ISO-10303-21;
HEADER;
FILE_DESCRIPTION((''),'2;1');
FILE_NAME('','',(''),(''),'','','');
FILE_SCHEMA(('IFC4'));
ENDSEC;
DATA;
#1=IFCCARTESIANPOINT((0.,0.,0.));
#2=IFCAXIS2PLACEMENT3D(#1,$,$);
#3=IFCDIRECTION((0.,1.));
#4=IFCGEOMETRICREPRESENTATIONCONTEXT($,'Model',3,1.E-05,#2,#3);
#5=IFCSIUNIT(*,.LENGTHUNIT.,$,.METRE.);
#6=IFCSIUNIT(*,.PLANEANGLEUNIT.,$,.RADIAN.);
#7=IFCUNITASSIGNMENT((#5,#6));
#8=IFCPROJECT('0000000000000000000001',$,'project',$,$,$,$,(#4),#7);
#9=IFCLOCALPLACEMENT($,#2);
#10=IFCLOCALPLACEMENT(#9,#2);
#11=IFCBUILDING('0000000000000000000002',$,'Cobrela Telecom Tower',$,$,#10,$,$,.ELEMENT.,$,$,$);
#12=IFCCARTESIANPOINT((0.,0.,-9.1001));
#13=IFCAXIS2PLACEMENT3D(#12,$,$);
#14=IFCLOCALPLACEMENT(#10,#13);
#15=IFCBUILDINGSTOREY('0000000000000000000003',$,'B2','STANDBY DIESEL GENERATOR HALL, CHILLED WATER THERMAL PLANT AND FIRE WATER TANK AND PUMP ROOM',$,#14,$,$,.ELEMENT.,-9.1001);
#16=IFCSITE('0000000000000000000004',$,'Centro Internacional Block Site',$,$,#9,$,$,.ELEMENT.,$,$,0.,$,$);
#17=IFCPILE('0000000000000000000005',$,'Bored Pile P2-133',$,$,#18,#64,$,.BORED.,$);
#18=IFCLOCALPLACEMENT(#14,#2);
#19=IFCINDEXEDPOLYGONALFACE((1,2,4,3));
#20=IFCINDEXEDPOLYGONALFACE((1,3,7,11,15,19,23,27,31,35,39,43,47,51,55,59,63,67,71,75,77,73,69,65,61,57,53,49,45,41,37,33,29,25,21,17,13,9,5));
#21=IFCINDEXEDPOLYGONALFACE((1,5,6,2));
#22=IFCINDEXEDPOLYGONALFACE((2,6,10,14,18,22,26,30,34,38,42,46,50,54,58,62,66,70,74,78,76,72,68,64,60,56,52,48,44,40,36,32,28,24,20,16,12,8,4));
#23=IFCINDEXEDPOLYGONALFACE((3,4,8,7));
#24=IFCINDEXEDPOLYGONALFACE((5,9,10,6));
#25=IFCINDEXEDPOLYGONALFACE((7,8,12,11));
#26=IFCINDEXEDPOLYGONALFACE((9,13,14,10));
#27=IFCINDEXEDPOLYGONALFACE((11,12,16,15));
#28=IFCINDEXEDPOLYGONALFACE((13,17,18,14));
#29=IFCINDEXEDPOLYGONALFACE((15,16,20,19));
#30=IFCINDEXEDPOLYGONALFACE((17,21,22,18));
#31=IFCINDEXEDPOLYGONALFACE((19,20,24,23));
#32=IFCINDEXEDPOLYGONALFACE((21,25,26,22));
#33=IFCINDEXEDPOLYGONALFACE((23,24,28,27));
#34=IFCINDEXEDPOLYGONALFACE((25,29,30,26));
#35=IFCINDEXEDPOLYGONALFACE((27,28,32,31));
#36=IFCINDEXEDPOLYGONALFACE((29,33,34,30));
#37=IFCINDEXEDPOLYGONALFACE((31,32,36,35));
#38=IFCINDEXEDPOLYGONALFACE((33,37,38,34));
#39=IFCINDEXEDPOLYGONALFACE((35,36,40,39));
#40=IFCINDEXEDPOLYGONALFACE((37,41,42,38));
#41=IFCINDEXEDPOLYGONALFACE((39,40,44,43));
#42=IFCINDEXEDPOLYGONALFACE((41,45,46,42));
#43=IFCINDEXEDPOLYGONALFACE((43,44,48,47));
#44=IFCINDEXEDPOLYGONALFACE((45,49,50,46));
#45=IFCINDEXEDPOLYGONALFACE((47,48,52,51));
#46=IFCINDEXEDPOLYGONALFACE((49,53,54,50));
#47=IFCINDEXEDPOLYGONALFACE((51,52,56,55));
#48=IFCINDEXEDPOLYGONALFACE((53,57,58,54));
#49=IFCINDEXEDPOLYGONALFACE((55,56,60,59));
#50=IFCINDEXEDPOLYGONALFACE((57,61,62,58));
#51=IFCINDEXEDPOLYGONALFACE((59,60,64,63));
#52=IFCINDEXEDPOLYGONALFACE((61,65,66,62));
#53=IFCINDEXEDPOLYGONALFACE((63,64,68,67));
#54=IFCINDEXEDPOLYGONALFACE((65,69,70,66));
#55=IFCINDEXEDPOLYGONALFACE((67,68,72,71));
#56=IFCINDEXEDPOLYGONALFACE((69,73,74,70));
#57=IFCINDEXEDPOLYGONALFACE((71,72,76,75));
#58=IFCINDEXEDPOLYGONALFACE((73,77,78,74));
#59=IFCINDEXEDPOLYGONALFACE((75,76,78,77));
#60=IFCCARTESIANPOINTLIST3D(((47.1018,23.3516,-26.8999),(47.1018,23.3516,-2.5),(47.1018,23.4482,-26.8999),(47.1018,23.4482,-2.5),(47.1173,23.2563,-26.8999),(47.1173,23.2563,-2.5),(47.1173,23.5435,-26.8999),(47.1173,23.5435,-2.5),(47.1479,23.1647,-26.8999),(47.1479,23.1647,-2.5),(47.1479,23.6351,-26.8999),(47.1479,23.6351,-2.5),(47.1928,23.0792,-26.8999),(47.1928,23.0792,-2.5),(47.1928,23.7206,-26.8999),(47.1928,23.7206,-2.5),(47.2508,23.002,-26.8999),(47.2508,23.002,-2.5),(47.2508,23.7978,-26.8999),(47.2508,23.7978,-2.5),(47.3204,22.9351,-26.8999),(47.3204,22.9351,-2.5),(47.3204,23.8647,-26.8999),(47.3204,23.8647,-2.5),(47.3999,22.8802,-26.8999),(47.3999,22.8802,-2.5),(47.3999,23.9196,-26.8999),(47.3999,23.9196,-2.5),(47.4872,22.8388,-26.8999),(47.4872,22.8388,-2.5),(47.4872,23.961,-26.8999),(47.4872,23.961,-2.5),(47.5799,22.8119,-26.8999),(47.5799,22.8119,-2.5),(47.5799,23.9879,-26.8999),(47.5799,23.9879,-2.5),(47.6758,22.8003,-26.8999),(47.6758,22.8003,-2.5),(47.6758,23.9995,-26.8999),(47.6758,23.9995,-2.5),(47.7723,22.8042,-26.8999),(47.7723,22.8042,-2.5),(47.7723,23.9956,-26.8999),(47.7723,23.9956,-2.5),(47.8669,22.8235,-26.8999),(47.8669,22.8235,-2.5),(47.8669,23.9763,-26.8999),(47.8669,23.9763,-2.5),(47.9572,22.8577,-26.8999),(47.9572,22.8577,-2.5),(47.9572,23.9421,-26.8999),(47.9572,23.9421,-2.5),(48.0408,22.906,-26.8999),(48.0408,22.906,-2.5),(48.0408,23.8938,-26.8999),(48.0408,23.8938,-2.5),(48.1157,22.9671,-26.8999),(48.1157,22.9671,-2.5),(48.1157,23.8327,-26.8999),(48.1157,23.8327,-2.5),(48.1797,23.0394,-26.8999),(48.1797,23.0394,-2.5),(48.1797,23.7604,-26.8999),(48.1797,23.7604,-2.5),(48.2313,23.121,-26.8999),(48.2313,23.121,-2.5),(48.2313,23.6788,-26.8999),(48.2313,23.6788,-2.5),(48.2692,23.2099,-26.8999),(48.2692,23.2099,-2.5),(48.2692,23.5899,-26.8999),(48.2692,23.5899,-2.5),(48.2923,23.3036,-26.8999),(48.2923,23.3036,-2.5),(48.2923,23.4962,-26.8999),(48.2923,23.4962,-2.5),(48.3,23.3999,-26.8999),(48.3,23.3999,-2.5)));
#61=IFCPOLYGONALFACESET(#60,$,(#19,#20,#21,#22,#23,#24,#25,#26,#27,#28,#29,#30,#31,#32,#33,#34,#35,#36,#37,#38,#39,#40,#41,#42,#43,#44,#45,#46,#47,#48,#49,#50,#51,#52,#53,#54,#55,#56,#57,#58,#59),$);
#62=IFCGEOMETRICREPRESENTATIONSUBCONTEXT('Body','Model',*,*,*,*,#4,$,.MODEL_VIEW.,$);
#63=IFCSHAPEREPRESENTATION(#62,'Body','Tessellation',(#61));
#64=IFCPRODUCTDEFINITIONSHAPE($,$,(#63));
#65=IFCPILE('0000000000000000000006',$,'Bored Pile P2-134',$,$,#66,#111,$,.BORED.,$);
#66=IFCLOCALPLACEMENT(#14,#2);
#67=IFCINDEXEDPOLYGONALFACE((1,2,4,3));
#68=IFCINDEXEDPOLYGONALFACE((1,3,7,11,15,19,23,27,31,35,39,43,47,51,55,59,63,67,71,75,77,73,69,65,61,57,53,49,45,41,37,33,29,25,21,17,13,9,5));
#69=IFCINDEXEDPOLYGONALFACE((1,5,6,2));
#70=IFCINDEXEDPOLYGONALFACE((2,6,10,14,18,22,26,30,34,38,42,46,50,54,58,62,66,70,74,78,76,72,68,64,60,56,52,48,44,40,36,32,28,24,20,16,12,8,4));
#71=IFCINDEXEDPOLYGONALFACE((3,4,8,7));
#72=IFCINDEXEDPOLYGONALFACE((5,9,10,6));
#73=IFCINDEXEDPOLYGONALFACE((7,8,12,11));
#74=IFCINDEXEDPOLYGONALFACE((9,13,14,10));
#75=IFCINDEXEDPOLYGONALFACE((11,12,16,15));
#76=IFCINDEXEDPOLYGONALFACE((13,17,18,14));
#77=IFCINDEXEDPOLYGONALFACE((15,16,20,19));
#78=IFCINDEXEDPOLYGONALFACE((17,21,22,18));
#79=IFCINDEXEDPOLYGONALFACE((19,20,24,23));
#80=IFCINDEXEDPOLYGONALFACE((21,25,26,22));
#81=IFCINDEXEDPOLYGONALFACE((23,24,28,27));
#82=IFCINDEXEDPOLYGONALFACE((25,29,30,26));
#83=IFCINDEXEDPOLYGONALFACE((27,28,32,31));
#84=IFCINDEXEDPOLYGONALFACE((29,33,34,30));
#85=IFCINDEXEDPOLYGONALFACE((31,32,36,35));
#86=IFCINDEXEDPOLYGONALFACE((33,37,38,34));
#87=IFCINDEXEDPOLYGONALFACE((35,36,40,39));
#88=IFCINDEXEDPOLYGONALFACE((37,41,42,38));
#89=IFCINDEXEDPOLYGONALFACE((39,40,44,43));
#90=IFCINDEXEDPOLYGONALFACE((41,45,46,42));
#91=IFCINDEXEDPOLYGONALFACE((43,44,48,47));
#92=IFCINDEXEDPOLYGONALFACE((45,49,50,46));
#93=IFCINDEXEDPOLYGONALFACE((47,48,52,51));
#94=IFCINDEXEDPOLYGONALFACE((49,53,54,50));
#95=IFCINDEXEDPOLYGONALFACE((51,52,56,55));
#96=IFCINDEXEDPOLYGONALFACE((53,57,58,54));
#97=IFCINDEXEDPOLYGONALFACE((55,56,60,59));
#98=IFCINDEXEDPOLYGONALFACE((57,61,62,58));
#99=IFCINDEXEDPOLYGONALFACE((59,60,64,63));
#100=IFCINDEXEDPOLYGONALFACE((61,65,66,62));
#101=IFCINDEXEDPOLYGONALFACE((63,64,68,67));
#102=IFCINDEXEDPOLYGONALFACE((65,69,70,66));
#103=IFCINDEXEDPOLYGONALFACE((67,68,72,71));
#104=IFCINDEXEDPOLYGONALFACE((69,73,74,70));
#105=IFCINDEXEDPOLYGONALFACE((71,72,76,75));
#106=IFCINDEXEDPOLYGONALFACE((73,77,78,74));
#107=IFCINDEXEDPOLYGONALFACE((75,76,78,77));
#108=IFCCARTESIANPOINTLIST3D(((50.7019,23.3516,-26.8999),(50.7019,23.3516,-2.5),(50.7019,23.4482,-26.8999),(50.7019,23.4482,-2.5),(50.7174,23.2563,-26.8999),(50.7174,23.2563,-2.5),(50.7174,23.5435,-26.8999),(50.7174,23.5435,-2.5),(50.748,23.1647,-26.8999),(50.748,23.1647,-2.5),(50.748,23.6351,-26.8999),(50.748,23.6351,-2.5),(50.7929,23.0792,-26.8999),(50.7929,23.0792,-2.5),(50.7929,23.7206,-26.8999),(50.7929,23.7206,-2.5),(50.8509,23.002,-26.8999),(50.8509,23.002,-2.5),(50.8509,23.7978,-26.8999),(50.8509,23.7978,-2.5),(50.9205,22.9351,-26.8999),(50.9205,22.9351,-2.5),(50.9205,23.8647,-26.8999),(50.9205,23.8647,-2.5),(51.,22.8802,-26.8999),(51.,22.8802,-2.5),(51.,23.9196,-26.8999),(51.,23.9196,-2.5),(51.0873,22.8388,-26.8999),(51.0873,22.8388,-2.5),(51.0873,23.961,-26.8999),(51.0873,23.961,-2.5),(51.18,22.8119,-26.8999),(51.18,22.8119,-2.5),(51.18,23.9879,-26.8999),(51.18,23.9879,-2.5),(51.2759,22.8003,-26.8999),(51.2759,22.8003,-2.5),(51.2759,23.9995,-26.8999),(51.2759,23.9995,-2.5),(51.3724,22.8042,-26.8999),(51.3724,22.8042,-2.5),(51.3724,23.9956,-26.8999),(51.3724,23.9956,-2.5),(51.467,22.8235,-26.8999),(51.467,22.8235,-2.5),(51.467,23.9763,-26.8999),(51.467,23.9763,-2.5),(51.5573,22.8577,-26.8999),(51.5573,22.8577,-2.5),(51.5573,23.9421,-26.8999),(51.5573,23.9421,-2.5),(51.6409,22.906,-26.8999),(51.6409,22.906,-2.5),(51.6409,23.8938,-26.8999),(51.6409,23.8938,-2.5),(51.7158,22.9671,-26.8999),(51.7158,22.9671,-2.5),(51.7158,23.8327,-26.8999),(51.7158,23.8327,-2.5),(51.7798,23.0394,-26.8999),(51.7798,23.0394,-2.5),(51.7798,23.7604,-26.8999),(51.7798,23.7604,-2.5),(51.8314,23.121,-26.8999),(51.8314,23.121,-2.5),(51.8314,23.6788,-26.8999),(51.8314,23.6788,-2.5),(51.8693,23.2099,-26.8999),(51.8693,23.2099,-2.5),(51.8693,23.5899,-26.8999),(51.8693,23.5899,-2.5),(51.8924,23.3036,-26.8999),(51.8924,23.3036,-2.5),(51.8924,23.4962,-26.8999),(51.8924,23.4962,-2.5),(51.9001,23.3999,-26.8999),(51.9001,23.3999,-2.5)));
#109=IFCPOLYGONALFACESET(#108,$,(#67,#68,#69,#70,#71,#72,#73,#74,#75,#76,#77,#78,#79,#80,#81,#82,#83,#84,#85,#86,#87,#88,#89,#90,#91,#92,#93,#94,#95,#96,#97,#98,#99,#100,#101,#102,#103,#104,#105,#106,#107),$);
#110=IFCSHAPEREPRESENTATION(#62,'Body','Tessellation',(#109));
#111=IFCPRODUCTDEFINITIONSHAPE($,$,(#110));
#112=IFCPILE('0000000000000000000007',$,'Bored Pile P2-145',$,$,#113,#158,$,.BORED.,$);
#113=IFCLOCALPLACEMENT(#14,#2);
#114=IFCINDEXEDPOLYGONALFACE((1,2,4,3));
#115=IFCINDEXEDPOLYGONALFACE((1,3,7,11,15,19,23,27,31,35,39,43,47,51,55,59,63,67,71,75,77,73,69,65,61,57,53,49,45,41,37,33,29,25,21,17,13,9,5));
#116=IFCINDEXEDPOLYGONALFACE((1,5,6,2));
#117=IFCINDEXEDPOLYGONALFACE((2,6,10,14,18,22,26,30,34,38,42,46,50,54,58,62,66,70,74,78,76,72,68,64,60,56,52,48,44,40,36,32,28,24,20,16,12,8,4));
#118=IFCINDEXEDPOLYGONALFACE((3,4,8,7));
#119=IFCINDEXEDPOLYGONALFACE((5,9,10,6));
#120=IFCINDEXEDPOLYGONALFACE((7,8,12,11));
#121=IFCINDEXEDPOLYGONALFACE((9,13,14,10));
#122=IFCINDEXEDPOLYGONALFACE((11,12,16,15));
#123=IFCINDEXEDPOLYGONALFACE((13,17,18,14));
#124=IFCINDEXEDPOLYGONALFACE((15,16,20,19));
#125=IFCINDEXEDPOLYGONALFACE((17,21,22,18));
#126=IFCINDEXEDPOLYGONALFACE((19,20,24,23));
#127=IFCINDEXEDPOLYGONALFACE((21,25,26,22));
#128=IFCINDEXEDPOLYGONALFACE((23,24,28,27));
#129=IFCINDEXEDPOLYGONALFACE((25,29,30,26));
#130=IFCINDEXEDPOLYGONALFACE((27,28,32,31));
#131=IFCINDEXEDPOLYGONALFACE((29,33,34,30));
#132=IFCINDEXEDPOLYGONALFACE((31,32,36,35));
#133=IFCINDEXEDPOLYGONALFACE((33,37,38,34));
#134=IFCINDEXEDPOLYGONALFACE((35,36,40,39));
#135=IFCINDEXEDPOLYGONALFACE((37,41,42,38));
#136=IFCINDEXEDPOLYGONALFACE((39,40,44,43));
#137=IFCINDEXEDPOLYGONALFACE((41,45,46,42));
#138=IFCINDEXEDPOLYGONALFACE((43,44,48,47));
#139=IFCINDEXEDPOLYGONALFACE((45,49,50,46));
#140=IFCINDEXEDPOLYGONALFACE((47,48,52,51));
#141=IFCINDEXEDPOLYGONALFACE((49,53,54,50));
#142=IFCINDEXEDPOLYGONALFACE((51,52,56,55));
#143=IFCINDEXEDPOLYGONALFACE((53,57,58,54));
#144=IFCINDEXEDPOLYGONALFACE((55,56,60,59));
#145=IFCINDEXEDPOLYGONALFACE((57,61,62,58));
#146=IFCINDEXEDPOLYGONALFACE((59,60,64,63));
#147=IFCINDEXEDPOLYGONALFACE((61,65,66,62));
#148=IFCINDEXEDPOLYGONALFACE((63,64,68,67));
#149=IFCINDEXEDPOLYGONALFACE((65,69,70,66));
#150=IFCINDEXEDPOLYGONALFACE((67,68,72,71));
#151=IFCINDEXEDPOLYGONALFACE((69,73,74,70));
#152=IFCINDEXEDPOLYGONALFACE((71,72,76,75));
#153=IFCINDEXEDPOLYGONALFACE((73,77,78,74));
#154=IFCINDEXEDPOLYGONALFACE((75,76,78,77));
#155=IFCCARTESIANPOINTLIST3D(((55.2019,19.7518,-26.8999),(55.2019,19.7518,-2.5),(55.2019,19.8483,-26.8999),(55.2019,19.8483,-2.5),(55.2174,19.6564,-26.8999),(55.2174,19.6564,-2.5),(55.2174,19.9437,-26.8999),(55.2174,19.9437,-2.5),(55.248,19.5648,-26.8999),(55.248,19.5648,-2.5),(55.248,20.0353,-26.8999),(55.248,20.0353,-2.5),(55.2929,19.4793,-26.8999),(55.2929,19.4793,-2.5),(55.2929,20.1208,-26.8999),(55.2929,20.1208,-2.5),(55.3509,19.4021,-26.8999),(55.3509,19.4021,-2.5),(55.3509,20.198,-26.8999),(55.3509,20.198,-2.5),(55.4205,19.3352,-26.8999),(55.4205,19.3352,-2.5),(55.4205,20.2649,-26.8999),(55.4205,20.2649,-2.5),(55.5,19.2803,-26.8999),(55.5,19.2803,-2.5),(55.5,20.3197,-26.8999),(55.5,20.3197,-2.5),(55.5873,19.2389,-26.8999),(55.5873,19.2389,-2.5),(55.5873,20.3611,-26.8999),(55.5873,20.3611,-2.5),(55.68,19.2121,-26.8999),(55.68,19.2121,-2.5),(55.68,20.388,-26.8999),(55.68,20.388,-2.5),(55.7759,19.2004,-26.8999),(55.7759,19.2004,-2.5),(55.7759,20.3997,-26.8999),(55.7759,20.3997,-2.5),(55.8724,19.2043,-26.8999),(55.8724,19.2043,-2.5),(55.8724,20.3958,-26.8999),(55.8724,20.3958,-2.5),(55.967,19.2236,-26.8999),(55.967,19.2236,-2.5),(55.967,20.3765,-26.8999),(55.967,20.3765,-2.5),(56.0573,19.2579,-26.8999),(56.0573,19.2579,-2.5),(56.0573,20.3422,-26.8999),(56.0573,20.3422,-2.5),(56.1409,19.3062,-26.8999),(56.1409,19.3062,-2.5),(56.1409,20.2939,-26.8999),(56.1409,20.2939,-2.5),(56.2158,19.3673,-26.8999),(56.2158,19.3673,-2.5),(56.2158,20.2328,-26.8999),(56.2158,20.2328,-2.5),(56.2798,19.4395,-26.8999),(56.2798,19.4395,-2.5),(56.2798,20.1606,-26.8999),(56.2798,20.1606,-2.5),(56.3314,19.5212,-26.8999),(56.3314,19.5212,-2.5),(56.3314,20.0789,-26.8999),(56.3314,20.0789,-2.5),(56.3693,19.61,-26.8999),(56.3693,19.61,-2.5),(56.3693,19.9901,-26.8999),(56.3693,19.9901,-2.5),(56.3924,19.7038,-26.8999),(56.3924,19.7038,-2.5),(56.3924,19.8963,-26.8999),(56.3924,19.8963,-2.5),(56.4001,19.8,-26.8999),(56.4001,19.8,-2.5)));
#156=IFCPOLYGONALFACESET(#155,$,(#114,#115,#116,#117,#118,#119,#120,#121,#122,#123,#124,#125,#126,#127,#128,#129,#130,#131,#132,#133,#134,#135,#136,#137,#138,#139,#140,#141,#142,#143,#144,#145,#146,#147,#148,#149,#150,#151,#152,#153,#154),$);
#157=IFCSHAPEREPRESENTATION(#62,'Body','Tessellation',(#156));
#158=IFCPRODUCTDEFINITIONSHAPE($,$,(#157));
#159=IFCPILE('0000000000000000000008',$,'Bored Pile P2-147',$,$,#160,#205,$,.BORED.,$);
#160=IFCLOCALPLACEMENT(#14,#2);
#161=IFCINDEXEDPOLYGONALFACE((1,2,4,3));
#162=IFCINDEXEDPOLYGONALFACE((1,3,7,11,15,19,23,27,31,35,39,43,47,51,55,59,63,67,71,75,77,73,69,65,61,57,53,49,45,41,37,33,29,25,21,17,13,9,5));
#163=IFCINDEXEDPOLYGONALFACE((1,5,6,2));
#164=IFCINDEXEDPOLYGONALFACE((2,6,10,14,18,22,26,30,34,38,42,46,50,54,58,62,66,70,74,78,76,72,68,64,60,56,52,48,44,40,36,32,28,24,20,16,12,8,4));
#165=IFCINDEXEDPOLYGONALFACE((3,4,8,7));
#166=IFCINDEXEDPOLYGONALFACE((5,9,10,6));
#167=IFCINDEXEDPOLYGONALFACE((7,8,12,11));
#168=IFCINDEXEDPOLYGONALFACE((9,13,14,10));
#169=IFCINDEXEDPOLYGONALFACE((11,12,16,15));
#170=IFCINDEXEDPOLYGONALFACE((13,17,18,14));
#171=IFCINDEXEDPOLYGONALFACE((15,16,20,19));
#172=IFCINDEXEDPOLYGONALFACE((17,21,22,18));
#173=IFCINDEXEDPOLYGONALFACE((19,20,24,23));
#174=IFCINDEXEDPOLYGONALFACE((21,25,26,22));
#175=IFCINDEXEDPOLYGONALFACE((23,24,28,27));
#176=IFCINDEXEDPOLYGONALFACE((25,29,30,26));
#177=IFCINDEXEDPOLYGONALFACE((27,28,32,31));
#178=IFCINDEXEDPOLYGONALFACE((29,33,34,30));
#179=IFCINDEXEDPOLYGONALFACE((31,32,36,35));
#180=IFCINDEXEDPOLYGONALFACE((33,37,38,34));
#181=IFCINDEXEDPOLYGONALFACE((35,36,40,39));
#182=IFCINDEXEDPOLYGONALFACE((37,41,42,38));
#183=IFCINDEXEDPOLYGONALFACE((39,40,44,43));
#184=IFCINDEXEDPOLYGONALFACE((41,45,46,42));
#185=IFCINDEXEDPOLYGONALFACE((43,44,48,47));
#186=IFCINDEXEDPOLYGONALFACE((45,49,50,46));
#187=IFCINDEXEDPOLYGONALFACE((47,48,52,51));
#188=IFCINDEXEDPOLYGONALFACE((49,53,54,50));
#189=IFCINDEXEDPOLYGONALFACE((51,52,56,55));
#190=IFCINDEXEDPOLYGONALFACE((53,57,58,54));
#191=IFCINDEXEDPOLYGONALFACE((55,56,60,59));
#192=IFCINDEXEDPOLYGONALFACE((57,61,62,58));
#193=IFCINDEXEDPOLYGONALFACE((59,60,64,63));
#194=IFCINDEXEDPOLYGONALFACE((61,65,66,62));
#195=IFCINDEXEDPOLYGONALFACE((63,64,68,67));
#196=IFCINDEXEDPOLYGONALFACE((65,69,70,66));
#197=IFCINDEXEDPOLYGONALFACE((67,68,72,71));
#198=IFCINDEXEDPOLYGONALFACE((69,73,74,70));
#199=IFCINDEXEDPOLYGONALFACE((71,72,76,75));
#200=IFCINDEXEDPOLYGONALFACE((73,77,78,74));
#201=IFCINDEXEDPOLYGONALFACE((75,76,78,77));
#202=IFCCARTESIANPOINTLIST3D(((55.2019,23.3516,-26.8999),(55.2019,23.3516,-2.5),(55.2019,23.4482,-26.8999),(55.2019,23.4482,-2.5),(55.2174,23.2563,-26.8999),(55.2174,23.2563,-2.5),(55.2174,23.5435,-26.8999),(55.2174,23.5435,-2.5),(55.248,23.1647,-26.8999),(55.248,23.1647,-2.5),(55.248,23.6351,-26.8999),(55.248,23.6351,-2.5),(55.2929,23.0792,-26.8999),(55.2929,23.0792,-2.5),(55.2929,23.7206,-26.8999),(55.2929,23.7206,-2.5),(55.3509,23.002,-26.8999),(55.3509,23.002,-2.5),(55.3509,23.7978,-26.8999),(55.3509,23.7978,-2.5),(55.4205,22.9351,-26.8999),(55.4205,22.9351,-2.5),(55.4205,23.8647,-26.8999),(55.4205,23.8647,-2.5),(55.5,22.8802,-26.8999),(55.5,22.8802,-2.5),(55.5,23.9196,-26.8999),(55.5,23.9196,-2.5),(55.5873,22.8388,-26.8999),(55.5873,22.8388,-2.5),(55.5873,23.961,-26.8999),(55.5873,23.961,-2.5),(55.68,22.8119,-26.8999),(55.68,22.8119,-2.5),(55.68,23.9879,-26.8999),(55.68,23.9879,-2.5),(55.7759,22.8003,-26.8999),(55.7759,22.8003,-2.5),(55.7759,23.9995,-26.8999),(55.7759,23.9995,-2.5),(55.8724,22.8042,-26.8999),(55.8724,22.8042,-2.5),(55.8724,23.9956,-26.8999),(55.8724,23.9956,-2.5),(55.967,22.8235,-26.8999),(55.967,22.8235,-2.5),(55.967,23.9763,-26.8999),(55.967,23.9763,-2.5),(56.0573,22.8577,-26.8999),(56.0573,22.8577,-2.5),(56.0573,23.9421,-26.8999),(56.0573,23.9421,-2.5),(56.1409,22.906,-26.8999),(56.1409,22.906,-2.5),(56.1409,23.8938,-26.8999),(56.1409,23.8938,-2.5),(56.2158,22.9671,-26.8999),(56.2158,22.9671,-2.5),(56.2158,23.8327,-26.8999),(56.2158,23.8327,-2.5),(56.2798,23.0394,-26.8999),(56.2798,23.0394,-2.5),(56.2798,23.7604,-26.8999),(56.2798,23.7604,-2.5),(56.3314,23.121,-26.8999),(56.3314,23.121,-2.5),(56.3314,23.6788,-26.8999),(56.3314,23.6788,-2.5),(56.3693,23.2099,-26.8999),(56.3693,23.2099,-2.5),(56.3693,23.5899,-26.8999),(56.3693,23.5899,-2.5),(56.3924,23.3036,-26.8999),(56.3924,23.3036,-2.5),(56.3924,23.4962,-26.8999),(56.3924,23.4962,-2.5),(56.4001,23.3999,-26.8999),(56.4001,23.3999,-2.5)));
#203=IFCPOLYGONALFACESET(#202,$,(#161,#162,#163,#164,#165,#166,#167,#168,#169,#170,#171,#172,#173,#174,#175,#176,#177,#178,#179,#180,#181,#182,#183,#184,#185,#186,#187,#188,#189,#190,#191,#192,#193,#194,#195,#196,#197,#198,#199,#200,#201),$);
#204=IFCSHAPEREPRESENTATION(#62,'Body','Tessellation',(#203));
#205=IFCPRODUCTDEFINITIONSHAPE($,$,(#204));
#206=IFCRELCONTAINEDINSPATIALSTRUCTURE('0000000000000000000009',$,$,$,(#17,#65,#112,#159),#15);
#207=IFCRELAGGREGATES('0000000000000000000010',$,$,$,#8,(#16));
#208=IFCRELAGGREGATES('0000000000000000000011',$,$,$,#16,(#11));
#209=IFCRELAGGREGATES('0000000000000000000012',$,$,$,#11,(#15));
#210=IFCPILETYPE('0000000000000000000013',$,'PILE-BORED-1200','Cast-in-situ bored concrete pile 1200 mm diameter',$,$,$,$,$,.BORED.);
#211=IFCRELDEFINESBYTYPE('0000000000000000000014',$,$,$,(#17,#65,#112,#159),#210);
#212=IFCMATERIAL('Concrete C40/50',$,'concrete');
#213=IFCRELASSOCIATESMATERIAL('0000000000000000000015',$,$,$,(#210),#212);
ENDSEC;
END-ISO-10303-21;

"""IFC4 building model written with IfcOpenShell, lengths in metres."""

from ifc_helpers import new_model, si_unit, direction, frame, origin, origin_2d, place, context, subcontext, project, spatial, circle, extrude, material, material_profile, profile_set, type_object, element, save


model = new_model("IFC4")

# Units and contexts
model_context = context("Model", 3, precision=1e-05, world=origin(), true_north=direction((0.0, 1.0)))
body_context = subcontext(model_context, "Body", "Model", "MODEL_VIEW")
ifc_project = project(units=[si_unit("LENGTHUNIT", "METRE"), si_unit("PLANEANGLEUNIT", "RADIAN")], contexts=[model_context])

# Site, building, storey
site_placement = place(None, origin())
site = spatial("IfcSite", under=ifc_project, at=site_placement, Name="Centro Internacional Block Site", CompositionType="ELEMENT", RefElevation=0.0)
building_placement = place(site_placement, origin())
building = spatial("IfcBuilding", under=site, at=building_placement, Name="Cobrela Telecom Tower", CompositionType="ELEMENT")
storey_placement = place(building_placement, frame((0.0, 0.0, -9.1001)))
storey = spatial("IfcBuildingStorey", under=building, at=storey_placement, Name="B2", Description="STANDBY DIESEL GENERATOR HALL, CHILLED WATER THERMAL PLANT AND FIRE WATER TANK AND PUMP ROOM", CompositionType="ELEMENT", Elevation=-9.1001)

# Shared definitions
ifc_material_1 = material(Name="Concrete C40/50", Category="concrete")

# Piles
ifc_material_profile_1 = material_profile(ifc_material_1, circle(Radius=0.6001, at=origin_2d()), Name="BORED PILE D1200")
ifc_profile_set_1 = profile_set([ifc_material_profile_1], Name="Concrete C40/50")
pile_type = type_object("IfcPileType", Name="PILE-BORED-1200", Description="Cast-in-situ bored concrete pile 1200 mm diameter", PredefinedType="BORED", material=ifc_profile_set_1)
for number, where, z_axis, x_axis, name in (
    (1, (47.7, 23.3999, -2.5), (0.0, 0.0, -1.0), (1.0, 0.0, 0.0), "Bored Pile P2-133"),
    (2, (51.3, 23.3999, -2.5), (0.0, 0.0, -1.0), (1.0, 0.0, 0.0), "Bored Pile P2-134"),
    (3, (55.8, 19.8, -2.5), (0.0, 0.0, -1.0), (1.0, 0.0, 0.0), "Bored Pile P2-145"),
    (4, (55.8, 23.3999, -2.5), (0.0, 0.0, -1.0), (1.0, 0.0, 0.0), "Bored Pile P2-147"),
):
    element("IfcPile", number, at=place(storey_placement, frame(where, z_axis=z_axis, x_axis=x_axis)), inside=storey, type_object=pile_type, Name=name, PredefinedType="BORED", context=body_context, shape_type="SweptSolid", body=[
        extrude(circle(Radius=0.6001, at=origin_2d()), origin(), (0.0, 0.0, 1.0), 24.3999),
    ])

save(model, "model.ifc")
